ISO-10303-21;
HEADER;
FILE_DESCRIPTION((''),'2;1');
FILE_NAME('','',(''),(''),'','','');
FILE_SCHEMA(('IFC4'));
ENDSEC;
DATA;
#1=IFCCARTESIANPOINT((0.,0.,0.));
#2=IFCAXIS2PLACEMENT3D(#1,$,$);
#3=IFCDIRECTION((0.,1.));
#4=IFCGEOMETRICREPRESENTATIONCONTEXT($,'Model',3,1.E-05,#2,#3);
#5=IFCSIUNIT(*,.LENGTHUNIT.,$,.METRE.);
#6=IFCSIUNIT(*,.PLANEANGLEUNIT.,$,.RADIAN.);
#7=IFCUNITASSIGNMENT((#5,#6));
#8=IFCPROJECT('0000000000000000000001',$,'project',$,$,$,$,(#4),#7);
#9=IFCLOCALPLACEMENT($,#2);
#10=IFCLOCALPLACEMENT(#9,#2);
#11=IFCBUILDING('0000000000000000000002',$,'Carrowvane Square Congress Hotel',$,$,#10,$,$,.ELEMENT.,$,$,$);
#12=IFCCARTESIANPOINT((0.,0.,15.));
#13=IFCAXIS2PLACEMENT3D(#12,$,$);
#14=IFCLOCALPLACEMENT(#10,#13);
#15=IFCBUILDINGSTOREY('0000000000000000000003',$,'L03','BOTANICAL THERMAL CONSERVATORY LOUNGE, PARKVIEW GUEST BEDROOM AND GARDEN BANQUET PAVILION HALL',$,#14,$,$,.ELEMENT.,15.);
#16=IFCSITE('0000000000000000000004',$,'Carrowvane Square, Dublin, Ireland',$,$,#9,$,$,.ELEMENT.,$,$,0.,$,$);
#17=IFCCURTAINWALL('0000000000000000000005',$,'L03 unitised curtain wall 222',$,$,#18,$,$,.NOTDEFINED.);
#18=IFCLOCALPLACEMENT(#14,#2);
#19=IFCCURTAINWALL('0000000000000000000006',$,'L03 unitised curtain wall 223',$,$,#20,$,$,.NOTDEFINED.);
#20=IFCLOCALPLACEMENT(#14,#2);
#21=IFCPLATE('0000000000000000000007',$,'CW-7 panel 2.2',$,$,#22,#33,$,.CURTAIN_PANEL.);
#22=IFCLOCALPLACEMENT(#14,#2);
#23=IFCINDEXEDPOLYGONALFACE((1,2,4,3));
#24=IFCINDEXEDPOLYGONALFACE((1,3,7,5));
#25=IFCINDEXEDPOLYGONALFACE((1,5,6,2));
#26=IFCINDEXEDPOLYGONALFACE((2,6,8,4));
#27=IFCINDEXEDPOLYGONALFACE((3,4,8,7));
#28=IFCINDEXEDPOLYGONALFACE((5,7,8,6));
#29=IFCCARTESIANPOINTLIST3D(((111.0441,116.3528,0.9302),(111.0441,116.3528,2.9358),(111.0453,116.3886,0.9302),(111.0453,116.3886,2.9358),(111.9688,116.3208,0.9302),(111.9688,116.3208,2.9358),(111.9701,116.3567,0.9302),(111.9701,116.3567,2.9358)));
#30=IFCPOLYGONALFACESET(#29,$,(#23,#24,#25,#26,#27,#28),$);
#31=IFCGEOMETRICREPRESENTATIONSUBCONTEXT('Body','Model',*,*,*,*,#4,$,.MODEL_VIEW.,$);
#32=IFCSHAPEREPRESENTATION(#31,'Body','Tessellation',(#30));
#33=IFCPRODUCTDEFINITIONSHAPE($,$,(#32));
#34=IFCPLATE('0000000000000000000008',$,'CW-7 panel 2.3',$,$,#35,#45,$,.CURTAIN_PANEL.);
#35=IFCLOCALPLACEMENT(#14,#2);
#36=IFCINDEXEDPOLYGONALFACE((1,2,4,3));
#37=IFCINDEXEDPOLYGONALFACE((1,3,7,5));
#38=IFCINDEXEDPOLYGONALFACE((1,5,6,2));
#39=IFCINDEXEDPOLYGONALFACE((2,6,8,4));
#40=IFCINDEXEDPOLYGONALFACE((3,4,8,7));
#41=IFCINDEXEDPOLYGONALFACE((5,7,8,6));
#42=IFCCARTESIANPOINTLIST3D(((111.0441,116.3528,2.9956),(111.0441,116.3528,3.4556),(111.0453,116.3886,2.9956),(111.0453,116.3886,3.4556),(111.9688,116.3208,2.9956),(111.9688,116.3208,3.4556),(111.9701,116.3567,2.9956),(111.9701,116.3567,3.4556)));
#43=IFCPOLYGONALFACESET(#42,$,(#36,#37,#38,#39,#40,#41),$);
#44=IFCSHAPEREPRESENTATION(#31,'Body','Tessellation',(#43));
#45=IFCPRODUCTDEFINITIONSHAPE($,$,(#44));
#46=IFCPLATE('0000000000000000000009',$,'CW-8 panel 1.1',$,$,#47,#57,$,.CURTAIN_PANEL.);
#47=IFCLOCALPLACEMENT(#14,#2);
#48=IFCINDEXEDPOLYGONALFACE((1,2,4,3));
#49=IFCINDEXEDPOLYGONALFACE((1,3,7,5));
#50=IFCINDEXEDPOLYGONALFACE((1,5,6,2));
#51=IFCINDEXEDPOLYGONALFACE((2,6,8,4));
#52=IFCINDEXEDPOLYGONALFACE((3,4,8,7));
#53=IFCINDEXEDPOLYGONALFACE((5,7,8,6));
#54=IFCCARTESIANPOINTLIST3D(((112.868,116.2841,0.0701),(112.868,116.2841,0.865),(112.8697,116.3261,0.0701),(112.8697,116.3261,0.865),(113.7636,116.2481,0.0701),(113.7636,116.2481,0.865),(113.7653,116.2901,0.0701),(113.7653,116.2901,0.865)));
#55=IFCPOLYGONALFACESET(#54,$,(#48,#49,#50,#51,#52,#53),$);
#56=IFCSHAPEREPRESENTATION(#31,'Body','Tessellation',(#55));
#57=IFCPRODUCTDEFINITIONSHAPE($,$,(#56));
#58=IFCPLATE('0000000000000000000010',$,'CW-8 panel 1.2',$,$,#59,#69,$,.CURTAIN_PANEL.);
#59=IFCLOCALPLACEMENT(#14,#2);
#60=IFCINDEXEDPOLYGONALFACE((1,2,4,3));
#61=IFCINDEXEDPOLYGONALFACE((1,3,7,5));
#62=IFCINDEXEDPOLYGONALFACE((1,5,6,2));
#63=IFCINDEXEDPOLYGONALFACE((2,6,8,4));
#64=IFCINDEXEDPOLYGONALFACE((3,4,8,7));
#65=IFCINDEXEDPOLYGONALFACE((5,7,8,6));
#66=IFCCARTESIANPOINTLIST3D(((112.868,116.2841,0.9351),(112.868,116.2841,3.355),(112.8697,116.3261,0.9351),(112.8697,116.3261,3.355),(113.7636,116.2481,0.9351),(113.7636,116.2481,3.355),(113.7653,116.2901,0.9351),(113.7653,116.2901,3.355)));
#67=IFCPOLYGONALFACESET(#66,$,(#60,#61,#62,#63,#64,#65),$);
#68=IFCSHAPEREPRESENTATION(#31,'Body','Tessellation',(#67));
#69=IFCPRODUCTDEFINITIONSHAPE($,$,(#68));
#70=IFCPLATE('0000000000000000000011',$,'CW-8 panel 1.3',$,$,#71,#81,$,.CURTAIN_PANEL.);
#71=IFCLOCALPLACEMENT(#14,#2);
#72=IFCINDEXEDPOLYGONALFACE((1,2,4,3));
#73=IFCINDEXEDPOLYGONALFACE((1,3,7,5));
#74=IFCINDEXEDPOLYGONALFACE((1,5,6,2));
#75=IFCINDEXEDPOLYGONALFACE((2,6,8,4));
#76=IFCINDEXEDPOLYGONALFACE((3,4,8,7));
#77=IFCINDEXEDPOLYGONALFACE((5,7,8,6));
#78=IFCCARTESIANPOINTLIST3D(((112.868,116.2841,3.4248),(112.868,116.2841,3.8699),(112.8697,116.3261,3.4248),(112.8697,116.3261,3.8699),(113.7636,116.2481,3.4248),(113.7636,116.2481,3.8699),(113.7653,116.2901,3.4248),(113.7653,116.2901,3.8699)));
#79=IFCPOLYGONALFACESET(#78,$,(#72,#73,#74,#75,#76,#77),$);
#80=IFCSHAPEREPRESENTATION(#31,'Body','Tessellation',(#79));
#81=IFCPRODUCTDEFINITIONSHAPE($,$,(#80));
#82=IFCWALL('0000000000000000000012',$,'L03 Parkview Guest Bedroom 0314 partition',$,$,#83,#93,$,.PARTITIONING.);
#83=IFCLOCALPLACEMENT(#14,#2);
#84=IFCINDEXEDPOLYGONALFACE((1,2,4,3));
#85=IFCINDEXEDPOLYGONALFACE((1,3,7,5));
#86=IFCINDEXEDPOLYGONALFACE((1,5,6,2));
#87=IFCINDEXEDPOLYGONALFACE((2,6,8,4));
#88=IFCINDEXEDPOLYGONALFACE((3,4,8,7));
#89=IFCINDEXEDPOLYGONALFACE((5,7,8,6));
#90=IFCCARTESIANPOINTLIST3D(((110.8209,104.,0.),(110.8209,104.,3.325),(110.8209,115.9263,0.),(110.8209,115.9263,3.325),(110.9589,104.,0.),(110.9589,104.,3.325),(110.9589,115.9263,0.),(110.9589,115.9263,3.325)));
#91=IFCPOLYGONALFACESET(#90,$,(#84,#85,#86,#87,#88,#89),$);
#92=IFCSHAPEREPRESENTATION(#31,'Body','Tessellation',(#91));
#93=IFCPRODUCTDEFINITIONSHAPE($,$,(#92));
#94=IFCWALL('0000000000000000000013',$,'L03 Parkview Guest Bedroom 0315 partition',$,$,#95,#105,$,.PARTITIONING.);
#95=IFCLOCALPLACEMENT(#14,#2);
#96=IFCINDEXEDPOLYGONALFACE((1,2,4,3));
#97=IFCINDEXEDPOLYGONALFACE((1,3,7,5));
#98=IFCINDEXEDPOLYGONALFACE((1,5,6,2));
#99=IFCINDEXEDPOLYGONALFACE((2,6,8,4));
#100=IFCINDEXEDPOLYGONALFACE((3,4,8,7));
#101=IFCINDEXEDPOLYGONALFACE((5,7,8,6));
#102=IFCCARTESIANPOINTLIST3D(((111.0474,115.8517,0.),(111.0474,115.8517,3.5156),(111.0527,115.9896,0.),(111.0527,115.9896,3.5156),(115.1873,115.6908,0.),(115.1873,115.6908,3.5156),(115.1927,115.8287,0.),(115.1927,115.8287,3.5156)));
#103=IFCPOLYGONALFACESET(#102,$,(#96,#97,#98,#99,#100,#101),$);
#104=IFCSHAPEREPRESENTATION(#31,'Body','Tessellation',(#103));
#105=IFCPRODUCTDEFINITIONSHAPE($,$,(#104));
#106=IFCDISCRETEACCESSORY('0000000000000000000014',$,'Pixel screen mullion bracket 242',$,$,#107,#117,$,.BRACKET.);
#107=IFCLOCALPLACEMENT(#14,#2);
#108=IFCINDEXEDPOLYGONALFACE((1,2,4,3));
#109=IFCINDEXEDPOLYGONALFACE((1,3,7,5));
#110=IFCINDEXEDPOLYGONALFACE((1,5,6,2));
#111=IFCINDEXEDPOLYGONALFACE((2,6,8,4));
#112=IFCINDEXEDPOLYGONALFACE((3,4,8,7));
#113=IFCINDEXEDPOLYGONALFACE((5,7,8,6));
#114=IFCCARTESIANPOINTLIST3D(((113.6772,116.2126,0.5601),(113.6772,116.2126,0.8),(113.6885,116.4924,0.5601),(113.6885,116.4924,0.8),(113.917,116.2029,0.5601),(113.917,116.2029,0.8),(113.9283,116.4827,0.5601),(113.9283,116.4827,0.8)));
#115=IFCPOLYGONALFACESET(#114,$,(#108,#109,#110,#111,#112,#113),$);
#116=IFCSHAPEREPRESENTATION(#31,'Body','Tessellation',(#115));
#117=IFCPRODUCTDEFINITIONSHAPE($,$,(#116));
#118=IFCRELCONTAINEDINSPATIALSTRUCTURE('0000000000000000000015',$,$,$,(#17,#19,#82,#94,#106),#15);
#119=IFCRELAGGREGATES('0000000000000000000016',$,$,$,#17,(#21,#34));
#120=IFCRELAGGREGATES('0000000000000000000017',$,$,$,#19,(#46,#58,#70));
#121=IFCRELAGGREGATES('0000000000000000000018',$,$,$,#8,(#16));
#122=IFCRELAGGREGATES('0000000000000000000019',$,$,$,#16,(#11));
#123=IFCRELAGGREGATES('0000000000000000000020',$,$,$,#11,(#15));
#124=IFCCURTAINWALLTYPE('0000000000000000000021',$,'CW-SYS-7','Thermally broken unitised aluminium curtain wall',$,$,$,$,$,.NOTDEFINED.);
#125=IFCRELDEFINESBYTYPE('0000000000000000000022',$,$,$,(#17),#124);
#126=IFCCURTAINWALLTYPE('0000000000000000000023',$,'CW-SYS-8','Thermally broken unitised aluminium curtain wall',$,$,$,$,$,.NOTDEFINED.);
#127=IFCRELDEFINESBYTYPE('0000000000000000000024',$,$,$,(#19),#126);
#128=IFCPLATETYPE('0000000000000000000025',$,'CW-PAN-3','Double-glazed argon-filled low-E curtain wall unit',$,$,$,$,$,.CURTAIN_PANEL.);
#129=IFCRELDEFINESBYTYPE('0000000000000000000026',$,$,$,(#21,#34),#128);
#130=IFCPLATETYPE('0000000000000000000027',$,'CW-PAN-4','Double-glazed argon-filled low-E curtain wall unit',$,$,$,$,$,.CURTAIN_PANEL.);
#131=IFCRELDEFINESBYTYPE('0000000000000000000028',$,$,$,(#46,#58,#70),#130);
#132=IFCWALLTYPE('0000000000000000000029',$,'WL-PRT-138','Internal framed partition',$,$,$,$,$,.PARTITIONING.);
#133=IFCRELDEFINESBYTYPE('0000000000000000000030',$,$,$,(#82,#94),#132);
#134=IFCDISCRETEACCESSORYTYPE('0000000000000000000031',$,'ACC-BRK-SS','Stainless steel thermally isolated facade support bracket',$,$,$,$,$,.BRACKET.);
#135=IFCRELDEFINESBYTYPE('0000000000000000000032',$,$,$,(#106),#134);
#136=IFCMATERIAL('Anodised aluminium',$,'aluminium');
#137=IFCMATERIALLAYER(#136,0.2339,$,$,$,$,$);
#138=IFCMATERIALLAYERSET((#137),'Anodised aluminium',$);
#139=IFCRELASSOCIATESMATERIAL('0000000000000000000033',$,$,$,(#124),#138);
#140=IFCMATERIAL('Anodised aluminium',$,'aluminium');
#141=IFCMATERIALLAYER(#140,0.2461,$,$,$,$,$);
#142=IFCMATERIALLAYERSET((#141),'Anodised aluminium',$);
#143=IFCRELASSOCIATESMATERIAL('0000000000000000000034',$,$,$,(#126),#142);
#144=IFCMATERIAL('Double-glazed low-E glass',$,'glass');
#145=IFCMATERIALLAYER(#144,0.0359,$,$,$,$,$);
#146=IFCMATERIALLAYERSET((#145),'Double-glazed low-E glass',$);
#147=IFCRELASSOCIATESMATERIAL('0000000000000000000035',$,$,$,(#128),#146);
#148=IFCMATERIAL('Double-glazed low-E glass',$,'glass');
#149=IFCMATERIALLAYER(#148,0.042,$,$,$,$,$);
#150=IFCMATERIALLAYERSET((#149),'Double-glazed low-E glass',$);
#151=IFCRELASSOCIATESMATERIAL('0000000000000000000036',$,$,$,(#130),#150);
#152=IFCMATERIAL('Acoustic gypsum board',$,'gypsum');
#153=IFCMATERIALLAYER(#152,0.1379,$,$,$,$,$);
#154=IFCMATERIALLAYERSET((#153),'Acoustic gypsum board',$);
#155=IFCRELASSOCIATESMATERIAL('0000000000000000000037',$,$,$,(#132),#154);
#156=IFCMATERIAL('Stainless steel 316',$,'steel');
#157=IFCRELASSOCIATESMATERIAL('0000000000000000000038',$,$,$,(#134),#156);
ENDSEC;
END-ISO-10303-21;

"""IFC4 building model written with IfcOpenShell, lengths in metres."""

from ifc_helpers import new_model, si_unit, direction, frame, frame_2d, origin, origin_2d, place, context, subcontext, project, spatial, rectangle, extrude, material, layer, layer_set, type_object, element, aggregate, save


model = new_model("IFC4")

# Units and contexts
model_context = context("Model", 3, precision=1e-05, world=origin(), true_north=direction((0.0, 1.0)))
body_context = subcontext(model_context, "Body", "Model", "MODEL_VIEW")
ifc_project = project(units=[si_unit("LENGTHUNIT", "METRE"), si_unit("PLANEANGLEUNIT", "RADIAN")], contexts=[model_context])

# Site, building, storey
site_placement = place(None, origin())
site = spatial("IfcSite", under=ifc_project, at=site_placement, Name="Carrowvane Square, Dublin, Ireland", CompositionType="ELEMENT", RefElevation=0.0)
building_placement = place(site_placement, origin())
building = spatial("IfcBuilding", under=site, at=building_placement, Name="Carrowvane Square Congress Hotel", CompositionType="ELEMENT")
storey_placement = place(building_placement, frame((0.0, 0.0, 15.0)))
storey = spatial("IfcBuildingStorey", under=building, at=storey_placement, Name="L03", Description="BOTANICAL THERMAL CONSERVATORY LOUNGE, PARKVIEW GUEST BEDROOM AND GARDEN BANQUET PAVILION HALL", CompositionType="ELEMENT", Elevation=15.0)

# Curtain walls
ifc_material_1 = material(Name="Anodised aluminium", Category="aluminium")
ifc_layer_1 = layer(ifc_material_1, 0.2339)
ifc_layer_set_1 = layer_set([ifc_layer_1], Name="Anodised aluminium")
curtain_wall_type_1 = type_object("IfcCurtainWallType", Name="CW-SYS-7", Description="Thermally broken unitised aluminium curtain wall", PredefinedType="NOTDEFINED", material=ifc_layer_set_1)
curtain_wall_1_placement = place(storey_placement, origin())
curtain_wall_1 = element("IfcCurtainWall", 1, at=curtain_wall_1_placement, inside=storey, type_object=curtain_wall_type_1, Name="L03 unitised curtain wall 222", PredefinedType="NOTDEFINED")
ifc_material_2 = material(Name="Anodised aluminium", Category="aluminium")
ifc_layer_2 = layer(ifc_material_2, 0.2461)
ifc_layer_set_2 = layer_set([ifc_layer_2], Name="Anodised aluminium")
curtain_wall_type_2 = type_object("IfcCurtainWallType", Name="CW-SYS-8", Description="Thermally broken unitised aluminium curtain wall", PredefinedType="NOTDEFINED", material=ifc_layer_set_2)
curtain_wall_2_placement = place(storey_placement, origin())
curtain_wall_2 = element("IfcCurtainWall", 2, at=curtain_wall_2_placement, inside=storey, type_object=curtain_wall_type_2, Name="L03 unitised curtain wall 223", PredefinedType="NOTDEFINED")

# Plates
ifc_material_3 = material(Name="Double-glazed low-E glass", Category="glass")
ifc_layer_3 = layer(ifc_material_3, 0.0359)
ifc_layer_set_3 = layer_set([ifc_layer_3], Name="Double-glazed low-E glass")
plate_type_1 = type_object("IfcPlateType", Name="CW-PAN-3", Description="Double-glazed argon-filled low-E curtain wall unit", PredefinedType="CURTAIN_PANEL", material=ifc_layer_set_3)
plate_1_placement = place(storey_placement, frame((111.5071, 116.3547, 0.9302), z_axis=(0.0, 0.0, 1.0), x_axis=(0.999404, -0.03453, 0.0)))
plate_1 = element("IfcPlate", 3, at=plate_1_placement, type_object=plate_type_1, Name="CW-7 panel 2.2", PredefinedType="CURTAIN_PANEL", context=body_context, shape_type="SweptSolid", body=[
    extrude(rectangle(XDim=0.9253, YDim=0.0359, at=origin_2d()), origin(), (0.0, 0.0, 1.0), 2.0056),
])
plate_2_placement = place(storey_placement, frame((111.5071, 116.3547, 2.9956), z_axis=(0.0, 0.0, 1.0), x_axis=(0.999404, -0.03453, 0.0)))
plate_2 = element("IfcPlate", 4, at=plate_2_placement, type_object=plate_type_1, Name="CW-7 panel 2.3", PredefinedType="CURTAIN_PANEL", context=body_context, shape_type="SweptSolid", body=[
    extrude(rectangle(XDim=0.9253, YDim=0.0359, at=origin_2d()), origin(), (0.0, 0.0, 1.0), 0.46),
])
aggregate(curtain_wall_1, [plate_1, plate_2])
ifc_material_4 = material(Name="Double-glazed low-E glass", Category="glass")
ifc_layer_4 = layer(ifc_material_4, 0.042)
ifc_layer_set_4 = layer_set([ifc_layer_4], Name="Double-glazed low-E glass")
plate_type_2 = type_object("IfcPlateType", Name="CW-PAN-4", Description="Double-glazed argon-filled low-E curtain wall unit", PredefinedType="CURTAIN_PANEL", material=ifc_layer_set_4)
plate_3_placement = place(storey_placement, frame((113.3167, 116.2871, 0.0701), z_axis=(0.0, 0.0, 1.0), x_axis=(0.999194, -0.040131, 0.0)))
plate_3 = element("IfcPlate", 5, at=plate_3_placement, type_object=plate_type_2, Name="CW-8 panel 1.1", PredefinedType="CURTAIN_PANEL", context=body_context, shape_type="SweptSolid", body=[
    extrude(rectangle(XDim=0.8962, YDim=0.042, at=origin_2d()), origin(), (0.0, 0.0, 1.0), 0.7949),
])
plate_4_placement = place(storey_placement, frame((113.3167, 116.2871, 0.9351), z_axis=(0.0, 0.0, 1.0), x_axis=(0.999194, -0.040131, 0.0)))
plate_4 = element("IfcPlate", 6, at=plate_4_placement, type_object=plate_type_2, Name="CW-8 panel 1.2", PredefinedType="CURTAIN_PANEL", context=body_context, shape_type="SweptSolid", body=[
    extrude(rectangle(XDim=0.8962, YDim=0.042, at=origin_2d()), origin(), (0.0, 0.0, 1.0), 2.4199),
])
plate_5_placement = place(storey_placement, frame((113.3167, 116.2871, 3.4248), z_axis=(0.0, 0.0, 1.0), x_axis=(0.999194, -0.040131, 0.0)))
plate_5 = element("IfcPlate", 7, at=plate_5_placement, type_object=plate_type_2, Name="CW-8 panel 1.3", PredefinedType="CURTAIN_PANEL", context=body_context, shape_type="SweptSolid", body=[
    extrude(rectangle(XDim=0.8962, YDim=0.042, at=origin_2d()), origin(), (0.0, 0.0, 1.0), 0.4451),
])
aggregate(curtain_wall_2, [plate_3, plate_4, plate_5])

# Walls
ifc_material_5 = material(Name="Acoustic gypsum board", Category="gypsum")
ifc_layer_5 = layer(ifc_material_5, 0.1379)
ifc_layer_set_5 = layer_set([ifc_layer_5], Name="Acoustic gypsum board")
wall_type = type_object("IfcWallType", Name="WL-PRT-138", Description="Internal framed partition", PredefinedType="PARTITIONING", material=ifc_layer_set_5)
wall_1_placement = place(storey_placement, frame((110.8899, 115.9263, 0.0), z_axis=(0.0, 0.0, 1.0), x_axis=(0.0, -1.0, 0.0)))
element("IfcWall", 8, at=wall_1_placement, inside=storey, type_object=wall_type, Name="L03 Parkview Guest Bedroom 0314 partition", PredefinedType="PARTITIONING", context=body_context, shape_type="SweptSolid", body=[
    extrude(rectangle(XDim=11.9263, YDim=0.1379, at=frame_2d((5.9631, 0.0))), origin(), (0.0, 0.0, 1.0), 3.325),
])
wall_2_placement = place(storey_placement, frame((111.05, 115.9207, 0.0), z_axis=(0.0, 0.0, 1.0), x_axis=(0.999246, -0.038834, 0.0)))
element("IfcWall", 9, at=wall_2_placement, inside=storey, type_object=wall_type, Name="L03 Parkview Guest Bedroom 0315 partition", PredefinedType="PARTITIONING", context=body_context, shape_type="SweptSolid", body=[
    extrude(rectangle(XDim=4.1431, YDim=0.1379, at=frame_2d((2.0715, 0.0))), origin(), (0.0, 0.0, 1.0), 3.5156),
])

# Discrete accessory
ifc_material_6 = material(Name="Stainless steel 316", Category="steel")
discrete_accessory_type = type_object("IfcDiscreteAccessoryType", Name="ACC-BRK-SS", Description="Stainless steel thermally isolated facade support bracket", PredefinedType="BRACKET", material=ifc_material_6)
discrete_accessory_placement = place(storey_placement, frame((113.8027, 116.3477, 0.5601), z_axis=(0.0, 0.0, 1.0), x_axis=(0.999194, -0.040134, 0.0)))
element("IfcDiscreteAccessory", 10, at=discrete_accessory_placement, inside=storey, type_object=discrete_accessory_type, Name="Pixel screen mullion bracket 242", PredefinedType="BRACKET", context=body_context, shape_type="SweptSolid", body=[
    extrude(rectangle(XDim=0.24, YDim=0.28, at=origin_2d()), origin(), (0.0, 0.0, 1.0), 0.24),
])

save(model, "model.ifc")
